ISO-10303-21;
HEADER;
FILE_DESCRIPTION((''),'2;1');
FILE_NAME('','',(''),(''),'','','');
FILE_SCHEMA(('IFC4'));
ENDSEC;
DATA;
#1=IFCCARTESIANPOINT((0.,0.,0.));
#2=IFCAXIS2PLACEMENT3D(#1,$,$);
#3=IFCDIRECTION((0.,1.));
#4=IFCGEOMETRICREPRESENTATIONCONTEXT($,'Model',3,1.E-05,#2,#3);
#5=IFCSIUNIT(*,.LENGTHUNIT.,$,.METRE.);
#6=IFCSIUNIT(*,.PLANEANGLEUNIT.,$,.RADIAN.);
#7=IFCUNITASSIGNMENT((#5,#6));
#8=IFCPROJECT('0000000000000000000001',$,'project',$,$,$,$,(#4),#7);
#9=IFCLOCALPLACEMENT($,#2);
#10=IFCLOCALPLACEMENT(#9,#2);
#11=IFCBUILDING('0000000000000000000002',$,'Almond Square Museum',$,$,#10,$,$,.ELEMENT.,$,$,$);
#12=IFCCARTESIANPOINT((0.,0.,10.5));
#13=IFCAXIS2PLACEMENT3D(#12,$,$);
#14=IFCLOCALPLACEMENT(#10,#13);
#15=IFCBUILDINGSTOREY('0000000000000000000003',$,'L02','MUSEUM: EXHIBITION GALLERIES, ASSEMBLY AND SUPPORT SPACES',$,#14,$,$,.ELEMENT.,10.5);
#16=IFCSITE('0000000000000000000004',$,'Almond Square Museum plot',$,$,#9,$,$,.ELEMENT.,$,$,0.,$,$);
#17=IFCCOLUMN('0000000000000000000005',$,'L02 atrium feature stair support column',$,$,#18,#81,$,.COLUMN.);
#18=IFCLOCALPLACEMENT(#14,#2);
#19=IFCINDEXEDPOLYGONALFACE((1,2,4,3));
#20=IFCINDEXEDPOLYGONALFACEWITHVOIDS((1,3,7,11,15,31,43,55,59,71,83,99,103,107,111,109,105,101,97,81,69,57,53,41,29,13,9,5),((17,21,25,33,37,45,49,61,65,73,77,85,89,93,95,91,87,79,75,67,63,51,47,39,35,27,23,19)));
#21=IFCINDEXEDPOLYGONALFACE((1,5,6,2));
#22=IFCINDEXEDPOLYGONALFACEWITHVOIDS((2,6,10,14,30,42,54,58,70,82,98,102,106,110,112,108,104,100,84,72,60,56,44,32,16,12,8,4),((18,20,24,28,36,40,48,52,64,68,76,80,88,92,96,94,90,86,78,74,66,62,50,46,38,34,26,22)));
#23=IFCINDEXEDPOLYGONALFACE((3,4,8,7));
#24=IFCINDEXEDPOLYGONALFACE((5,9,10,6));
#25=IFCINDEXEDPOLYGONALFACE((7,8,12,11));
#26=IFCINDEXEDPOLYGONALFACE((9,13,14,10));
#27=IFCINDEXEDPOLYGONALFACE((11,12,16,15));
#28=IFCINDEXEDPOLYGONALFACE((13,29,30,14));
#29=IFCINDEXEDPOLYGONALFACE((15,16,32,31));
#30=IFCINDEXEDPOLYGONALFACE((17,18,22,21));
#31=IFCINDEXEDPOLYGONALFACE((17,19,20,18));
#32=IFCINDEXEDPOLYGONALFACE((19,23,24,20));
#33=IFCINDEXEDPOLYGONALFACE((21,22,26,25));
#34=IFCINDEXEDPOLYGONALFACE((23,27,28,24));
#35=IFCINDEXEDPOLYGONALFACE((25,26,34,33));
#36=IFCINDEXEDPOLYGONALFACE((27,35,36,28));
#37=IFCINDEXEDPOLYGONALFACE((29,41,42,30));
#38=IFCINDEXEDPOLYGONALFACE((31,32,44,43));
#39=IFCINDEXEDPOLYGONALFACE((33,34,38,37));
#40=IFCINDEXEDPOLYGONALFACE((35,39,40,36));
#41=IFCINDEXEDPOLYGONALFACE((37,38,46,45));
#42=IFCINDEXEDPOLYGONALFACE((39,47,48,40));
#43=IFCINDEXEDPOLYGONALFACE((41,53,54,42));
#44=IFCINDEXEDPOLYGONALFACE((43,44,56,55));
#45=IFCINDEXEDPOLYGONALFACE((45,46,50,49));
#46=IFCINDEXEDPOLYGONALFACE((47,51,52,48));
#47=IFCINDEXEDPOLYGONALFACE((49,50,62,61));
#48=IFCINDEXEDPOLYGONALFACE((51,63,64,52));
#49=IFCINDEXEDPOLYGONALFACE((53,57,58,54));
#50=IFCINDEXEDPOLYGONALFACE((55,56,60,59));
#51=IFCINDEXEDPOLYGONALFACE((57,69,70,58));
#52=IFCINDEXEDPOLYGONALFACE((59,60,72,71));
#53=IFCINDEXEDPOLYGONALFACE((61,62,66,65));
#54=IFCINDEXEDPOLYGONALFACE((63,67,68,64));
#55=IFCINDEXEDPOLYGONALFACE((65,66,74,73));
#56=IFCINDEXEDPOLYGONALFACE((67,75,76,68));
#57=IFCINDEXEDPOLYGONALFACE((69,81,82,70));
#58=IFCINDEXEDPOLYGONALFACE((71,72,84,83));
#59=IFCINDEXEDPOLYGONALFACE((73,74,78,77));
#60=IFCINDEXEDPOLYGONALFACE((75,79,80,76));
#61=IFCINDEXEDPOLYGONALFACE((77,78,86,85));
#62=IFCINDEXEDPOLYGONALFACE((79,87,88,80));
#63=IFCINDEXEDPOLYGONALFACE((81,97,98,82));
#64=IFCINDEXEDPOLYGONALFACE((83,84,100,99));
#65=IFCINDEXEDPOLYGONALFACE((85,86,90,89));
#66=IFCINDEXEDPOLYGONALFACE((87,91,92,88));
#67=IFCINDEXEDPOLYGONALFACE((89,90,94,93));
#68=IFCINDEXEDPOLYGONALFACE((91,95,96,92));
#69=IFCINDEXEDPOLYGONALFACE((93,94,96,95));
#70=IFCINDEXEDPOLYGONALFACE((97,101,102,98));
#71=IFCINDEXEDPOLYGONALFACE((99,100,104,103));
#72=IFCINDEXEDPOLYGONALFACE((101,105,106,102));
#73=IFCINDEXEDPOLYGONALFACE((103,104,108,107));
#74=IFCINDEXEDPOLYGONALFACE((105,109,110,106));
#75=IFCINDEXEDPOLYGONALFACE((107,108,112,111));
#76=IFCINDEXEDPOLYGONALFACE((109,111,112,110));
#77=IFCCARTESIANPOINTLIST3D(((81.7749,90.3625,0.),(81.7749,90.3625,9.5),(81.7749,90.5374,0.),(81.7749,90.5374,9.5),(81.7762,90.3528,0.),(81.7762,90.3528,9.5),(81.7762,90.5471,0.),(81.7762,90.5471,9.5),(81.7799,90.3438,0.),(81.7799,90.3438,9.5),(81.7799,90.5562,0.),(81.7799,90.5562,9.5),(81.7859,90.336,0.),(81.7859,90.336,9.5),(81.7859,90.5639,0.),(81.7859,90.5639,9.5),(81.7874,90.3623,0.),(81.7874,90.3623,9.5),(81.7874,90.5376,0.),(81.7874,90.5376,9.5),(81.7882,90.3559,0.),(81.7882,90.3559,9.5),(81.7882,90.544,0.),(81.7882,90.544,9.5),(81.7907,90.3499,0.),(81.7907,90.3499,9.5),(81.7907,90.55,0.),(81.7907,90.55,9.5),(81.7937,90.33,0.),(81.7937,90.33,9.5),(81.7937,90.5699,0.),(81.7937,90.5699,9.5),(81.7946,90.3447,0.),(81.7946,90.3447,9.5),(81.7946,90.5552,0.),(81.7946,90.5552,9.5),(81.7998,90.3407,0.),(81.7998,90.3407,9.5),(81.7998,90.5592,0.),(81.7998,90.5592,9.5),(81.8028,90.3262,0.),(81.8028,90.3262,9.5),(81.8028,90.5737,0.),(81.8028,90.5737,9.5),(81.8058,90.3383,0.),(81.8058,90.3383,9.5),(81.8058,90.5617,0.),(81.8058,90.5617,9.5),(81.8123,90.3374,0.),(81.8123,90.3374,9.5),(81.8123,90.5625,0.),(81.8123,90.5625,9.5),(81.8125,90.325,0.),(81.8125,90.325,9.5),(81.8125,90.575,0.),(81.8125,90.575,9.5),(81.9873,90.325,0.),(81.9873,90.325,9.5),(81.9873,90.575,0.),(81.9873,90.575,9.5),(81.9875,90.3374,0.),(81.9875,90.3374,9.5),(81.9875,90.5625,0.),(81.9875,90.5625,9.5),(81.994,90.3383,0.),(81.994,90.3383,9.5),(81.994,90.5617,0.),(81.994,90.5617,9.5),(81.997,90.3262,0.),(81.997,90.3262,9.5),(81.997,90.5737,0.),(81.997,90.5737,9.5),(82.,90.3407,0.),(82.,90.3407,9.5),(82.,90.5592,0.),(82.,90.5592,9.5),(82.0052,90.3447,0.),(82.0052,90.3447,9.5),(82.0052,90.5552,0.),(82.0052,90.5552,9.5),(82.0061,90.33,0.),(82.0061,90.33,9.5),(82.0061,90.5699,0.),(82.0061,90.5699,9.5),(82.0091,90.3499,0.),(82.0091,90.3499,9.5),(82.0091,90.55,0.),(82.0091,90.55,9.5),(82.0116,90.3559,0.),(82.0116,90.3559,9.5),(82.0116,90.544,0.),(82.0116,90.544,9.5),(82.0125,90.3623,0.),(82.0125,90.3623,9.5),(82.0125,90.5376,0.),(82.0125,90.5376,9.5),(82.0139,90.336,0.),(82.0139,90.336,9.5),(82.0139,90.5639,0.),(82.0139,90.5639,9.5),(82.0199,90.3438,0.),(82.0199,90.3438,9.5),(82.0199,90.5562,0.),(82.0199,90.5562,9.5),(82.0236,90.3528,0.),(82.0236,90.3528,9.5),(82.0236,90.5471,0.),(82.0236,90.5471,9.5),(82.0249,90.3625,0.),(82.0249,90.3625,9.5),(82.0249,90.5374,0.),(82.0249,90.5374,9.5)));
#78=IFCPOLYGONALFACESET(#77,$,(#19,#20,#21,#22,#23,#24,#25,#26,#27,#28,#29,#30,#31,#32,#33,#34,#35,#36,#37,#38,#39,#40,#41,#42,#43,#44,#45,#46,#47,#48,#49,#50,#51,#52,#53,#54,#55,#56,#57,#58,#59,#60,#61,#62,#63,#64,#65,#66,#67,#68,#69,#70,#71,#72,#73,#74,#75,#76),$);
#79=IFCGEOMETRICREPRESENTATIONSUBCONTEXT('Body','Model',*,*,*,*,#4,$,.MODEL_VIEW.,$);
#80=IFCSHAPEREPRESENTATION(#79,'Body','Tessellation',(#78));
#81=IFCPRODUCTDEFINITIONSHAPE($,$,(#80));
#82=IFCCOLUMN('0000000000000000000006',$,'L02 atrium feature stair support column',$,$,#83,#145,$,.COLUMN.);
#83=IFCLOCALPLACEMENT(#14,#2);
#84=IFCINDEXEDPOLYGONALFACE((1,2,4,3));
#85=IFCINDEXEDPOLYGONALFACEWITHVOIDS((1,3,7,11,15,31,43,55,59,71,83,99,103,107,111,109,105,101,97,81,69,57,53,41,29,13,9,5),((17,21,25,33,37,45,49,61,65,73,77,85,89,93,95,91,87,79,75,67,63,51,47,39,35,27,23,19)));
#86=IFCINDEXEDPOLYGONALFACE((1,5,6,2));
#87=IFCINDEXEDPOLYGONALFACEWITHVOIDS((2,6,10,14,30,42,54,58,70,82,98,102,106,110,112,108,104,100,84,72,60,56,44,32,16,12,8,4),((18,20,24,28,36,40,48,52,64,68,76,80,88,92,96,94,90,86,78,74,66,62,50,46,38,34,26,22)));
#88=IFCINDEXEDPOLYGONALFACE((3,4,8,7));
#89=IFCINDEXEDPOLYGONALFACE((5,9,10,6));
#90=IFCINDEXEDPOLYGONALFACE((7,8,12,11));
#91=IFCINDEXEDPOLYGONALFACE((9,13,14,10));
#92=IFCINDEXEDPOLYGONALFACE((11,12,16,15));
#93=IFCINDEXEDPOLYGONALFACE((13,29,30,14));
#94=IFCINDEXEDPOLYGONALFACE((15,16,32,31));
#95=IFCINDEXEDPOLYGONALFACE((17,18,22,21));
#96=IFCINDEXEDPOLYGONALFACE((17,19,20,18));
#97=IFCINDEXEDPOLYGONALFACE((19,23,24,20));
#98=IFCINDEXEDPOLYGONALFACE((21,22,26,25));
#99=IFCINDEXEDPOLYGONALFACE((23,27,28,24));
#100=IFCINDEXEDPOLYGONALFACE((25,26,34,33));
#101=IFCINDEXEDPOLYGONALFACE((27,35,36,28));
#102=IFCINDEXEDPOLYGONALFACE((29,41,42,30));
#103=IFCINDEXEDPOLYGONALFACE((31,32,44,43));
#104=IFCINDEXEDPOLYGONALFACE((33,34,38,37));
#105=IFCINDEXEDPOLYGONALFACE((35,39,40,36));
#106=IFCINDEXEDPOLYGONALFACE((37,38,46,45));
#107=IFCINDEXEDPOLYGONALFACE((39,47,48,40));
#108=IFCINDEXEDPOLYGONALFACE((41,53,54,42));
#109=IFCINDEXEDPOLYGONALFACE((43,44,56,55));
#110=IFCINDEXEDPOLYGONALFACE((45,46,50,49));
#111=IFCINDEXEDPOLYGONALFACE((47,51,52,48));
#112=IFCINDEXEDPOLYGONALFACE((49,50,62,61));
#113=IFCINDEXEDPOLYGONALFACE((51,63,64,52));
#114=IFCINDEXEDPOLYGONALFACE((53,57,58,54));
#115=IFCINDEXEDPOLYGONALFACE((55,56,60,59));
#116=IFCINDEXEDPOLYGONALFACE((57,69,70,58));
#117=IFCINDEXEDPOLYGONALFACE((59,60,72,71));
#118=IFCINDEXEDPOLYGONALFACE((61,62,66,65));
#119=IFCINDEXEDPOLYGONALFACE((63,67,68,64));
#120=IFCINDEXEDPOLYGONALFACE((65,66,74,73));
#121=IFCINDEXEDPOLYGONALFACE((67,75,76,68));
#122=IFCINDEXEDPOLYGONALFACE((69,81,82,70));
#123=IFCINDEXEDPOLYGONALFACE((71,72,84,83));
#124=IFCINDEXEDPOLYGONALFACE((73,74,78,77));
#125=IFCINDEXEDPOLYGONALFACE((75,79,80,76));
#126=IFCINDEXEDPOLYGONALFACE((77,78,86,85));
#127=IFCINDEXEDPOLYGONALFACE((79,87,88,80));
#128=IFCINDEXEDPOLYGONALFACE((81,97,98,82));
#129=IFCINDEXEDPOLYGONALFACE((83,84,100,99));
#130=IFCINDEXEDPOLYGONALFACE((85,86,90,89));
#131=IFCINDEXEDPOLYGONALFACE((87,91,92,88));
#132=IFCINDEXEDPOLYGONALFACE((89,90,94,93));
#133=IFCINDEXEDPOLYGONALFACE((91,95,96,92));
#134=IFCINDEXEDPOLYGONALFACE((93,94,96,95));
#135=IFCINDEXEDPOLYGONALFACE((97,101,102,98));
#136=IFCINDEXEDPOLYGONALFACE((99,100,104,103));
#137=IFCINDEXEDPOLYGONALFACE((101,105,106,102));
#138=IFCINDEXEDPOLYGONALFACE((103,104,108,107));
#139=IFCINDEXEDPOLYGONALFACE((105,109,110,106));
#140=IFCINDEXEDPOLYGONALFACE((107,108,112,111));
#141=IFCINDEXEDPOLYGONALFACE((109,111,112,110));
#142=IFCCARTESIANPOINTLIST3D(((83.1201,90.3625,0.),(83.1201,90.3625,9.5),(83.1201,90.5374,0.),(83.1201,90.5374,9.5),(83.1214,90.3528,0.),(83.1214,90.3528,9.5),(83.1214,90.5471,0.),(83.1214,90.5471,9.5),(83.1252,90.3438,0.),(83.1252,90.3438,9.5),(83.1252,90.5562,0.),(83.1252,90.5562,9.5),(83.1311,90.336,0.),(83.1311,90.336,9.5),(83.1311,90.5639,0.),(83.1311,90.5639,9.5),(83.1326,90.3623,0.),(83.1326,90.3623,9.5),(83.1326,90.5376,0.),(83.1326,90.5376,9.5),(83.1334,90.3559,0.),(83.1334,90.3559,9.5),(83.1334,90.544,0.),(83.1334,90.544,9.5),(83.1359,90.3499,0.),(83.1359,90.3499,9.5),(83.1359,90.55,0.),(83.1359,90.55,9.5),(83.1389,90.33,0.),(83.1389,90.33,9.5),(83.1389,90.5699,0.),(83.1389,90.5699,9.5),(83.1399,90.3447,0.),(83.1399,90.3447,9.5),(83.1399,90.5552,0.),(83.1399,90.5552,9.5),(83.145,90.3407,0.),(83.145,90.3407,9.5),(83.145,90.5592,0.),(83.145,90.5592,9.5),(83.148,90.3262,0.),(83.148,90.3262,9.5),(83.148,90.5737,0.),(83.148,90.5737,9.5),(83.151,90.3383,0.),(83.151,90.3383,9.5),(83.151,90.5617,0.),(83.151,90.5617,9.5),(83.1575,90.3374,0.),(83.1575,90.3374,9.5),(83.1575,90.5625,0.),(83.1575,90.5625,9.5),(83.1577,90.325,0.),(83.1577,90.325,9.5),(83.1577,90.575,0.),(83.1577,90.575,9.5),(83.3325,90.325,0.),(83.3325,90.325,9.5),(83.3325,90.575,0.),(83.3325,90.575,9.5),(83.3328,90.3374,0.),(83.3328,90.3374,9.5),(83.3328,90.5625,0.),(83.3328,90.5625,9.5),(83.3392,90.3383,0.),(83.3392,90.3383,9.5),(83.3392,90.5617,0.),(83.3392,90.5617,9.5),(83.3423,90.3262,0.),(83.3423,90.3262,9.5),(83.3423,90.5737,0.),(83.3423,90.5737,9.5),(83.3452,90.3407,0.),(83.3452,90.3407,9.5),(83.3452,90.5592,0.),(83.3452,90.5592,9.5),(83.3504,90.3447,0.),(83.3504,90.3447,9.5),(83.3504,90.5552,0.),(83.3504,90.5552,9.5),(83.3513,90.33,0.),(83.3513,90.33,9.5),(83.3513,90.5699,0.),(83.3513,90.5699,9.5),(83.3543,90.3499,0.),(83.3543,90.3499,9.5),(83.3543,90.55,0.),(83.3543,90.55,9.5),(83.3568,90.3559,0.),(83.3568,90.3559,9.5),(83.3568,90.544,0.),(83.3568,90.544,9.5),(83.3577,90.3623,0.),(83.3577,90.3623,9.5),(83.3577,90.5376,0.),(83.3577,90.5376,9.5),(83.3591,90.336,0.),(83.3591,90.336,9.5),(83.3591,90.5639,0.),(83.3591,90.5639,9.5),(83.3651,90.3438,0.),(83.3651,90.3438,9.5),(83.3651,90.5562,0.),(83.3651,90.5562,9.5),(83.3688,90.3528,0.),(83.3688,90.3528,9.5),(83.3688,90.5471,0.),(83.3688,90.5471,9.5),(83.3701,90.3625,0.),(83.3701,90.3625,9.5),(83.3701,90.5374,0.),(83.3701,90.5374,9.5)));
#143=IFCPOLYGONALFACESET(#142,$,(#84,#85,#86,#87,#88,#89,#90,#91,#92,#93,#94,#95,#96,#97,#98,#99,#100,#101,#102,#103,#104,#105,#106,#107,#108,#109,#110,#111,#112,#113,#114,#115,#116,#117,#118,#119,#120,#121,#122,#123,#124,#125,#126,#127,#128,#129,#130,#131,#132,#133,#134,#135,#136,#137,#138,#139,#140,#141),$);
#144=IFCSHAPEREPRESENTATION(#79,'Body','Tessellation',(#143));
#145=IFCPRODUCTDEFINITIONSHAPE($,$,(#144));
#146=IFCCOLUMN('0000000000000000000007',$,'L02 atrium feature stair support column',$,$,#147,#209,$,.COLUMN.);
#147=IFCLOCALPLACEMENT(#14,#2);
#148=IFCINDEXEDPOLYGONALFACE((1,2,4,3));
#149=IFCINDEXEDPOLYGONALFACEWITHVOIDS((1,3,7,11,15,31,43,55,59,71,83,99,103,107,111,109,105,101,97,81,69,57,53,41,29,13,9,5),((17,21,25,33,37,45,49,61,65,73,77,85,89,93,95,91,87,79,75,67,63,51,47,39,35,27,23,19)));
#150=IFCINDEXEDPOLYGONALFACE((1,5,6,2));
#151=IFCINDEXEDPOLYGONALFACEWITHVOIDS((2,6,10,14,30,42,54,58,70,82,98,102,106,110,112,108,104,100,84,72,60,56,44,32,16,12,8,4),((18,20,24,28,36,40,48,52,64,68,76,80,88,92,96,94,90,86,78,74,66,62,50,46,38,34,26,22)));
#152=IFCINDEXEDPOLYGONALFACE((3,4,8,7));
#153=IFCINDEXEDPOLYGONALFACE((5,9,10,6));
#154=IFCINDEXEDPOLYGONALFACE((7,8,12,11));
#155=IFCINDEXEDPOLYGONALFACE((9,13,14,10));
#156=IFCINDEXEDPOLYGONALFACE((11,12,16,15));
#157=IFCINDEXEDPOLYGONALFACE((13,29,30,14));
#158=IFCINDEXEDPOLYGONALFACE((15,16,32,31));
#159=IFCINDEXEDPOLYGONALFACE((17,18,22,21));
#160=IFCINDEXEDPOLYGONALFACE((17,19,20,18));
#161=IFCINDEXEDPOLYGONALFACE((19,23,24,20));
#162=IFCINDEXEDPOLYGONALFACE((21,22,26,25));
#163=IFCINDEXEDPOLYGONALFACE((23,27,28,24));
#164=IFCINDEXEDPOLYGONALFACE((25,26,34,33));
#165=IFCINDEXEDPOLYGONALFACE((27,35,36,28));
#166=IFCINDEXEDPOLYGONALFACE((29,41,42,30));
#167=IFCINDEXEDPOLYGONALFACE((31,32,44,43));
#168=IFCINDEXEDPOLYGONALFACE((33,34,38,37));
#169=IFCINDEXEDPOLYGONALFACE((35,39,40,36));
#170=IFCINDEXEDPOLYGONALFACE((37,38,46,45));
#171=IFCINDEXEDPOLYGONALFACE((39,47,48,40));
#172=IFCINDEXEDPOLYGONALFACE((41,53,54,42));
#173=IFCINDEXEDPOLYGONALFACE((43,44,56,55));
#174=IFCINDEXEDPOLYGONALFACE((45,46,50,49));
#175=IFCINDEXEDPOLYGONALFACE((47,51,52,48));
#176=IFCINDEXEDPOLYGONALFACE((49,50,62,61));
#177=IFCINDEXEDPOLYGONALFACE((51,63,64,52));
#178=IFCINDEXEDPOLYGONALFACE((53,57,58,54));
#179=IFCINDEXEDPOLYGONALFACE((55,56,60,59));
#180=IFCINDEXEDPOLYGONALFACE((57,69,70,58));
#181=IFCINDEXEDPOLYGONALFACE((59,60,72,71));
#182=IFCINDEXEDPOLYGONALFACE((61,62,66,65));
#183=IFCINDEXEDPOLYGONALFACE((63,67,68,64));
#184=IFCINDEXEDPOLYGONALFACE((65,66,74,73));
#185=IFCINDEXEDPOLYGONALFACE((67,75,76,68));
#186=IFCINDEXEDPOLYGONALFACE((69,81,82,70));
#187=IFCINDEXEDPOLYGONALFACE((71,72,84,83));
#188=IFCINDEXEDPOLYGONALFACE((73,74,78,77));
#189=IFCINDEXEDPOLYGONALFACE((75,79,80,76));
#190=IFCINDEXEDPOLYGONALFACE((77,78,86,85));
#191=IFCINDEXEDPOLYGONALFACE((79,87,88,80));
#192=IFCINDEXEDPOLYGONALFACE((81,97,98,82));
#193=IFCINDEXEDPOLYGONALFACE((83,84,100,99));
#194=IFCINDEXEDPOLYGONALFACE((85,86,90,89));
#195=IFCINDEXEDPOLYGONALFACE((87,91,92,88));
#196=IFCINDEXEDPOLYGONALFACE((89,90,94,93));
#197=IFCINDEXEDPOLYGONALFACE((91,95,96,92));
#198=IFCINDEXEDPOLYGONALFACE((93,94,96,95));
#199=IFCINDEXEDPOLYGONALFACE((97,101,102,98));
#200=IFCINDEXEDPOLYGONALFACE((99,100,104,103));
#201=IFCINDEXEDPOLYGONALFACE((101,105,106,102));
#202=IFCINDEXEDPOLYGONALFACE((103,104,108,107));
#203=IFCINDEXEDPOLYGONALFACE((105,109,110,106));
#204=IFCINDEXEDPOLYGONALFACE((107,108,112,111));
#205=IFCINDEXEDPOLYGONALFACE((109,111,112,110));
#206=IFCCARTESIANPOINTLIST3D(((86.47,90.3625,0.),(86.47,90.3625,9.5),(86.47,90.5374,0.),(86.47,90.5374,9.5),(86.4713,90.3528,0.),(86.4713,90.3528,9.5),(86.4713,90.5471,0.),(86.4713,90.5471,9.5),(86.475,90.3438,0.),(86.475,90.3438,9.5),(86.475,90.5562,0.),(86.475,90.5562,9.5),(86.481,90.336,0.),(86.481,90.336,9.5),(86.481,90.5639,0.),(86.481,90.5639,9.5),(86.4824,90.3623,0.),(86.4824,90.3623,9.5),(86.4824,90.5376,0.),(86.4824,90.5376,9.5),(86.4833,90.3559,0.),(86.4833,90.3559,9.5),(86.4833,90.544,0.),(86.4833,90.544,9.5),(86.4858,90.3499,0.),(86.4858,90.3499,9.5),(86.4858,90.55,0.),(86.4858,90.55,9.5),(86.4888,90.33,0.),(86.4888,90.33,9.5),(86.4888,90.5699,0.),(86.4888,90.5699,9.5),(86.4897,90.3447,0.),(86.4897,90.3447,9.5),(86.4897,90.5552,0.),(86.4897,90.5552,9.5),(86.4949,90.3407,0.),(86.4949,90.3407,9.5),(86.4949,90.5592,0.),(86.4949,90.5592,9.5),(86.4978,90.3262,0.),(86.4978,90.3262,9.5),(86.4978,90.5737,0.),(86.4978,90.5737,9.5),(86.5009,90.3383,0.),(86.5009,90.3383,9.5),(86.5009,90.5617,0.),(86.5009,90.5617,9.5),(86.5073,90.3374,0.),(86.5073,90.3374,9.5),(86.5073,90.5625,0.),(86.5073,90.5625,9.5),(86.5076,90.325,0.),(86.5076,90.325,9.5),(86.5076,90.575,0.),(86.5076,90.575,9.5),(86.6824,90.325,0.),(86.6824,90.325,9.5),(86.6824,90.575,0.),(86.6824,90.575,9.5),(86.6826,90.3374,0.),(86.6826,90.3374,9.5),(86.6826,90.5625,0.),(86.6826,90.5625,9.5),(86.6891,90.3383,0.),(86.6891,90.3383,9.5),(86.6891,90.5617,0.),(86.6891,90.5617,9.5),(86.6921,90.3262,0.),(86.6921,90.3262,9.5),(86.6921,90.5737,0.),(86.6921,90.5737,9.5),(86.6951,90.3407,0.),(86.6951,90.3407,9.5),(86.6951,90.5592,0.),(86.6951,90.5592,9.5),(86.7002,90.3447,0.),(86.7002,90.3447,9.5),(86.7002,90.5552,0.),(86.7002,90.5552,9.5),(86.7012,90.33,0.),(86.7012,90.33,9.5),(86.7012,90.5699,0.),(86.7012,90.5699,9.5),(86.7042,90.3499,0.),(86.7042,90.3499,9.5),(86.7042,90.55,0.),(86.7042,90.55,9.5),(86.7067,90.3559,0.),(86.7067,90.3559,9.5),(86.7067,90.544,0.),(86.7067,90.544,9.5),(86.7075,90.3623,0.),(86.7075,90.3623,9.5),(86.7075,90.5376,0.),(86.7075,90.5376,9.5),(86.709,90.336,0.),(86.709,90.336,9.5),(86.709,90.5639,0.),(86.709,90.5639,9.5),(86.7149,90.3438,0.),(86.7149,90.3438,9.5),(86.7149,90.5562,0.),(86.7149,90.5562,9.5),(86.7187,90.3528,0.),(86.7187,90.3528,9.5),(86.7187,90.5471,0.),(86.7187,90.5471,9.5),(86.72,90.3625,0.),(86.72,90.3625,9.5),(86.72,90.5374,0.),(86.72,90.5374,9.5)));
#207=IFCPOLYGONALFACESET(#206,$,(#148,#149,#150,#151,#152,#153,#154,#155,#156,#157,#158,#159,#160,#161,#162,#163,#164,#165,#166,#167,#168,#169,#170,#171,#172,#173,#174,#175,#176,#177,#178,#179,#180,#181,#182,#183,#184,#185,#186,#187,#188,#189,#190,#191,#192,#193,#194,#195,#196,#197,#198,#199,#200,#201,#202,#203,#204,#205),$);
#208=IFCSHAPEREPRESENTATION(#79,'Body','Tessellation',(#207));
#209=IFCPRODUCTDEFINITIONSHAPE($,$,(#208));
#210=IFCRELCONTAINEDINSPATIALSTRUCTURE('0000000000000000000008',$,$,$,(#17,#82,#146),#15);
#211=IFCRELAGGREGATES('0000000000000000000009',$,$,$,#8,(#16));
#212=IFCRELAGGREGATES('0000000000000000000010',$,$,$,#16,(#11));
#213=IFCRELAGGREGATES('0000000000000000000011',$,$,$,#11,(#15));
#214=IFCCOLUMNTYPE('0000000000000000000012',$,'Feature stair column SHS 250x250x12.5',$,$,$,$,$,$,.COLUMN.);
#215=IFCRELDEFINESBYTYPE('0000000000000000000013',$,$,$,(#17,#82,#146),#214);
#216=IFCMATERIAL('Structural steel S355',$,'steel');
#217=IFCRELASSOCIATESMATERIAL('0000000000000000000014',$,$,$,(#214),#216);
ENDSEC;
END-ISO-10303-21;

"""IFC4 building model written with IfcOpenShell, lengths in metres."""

from ifc_helpers import new_model, si_unit, direction, frame, origin, origin_2d, place, context, subcontext, project, spatial, hollow_rectangle, extrude, material, material_profile, profile_set, type_object, element, save


model = new_model("IFC4")

# Units and contexts
model_context = context("Model", 3, precision=1e-05, world=origin(), true_north=direction((0.0, 1.0)))
body_context = subcontext(model_context, "Body", "Model", "MODEL_VIEW")
ifc_project = project(units=[si_unit("LENGTHUNIT", "METRE"), si_unit("PLANEANGLEUNIT", "RADIAN")], contexts=[model_context])

# Site, building, storey
site_placement = place(None, origin())
site = spatial("IfcSite", under=ifc_project, at=site_placement, Name="Almond Square Museum plot", CompositionType="ELEMENT", RefElevation=0.0)
building_placement = place(site_placement, origin())
building = spatial("IfcBuilding", under=site, at=building_placement, Name="Almond Square Museum", CompositionType="ELEMENT")
storey_placement = place(building_placement, frame((0.0, 0.0, 10.5)))
storey = spatial("IfcBuildingStorey", under=building, at=storey_placement, Name="L02", Description="MUSEUM: EXHIBITION GALLERIES, ASSEMBLY AND SUPPORT SPACES", CompositionType="ELEMENT", Elevation=10.5)

# Columns
ifc_material_1 = material(Name="Structural steel S355", Category="steel")
ifc_material_profile_1 = material_profile(ifc_material_1, hollow_rectangle(XDim=0.25, YDim=0.25, WallThickness=0.0125, InnerFilletRadius=0.0249, OuterFilletRadius=0.0376, at=origin_2d()))
ifc_profile_set_1 = profile_set([ifc_material_profile_1], Name="Structural steel S355")
column_type_1 = type_object("IfcColumnType", Name="Feature stair column SHS 250x250x12.5", PredefinedType="COLUMN", material=ifc_profile_set_1)
for number, where, z_axis, x_axis, name in (
    (1, (81.8999, 90.45, 0.0), (0.0, 0.0, 1.0), (1.0, 0.0, 0.0), "L02 atrium feature stair support column"),
    (2, (83.2451, 90.45, 0.0), (0.0, 0.0, 1.0), (1.0, 0.0, 0.0), "L02 atrium feature stair support column"),
    (3, (86.595, 90.45, 0.0), (0.0, 0.0, 1.0), (1.0, 0.0, 0.0), "L02 atrium feature stair support column"),
):
    element("IfcColumn", number, at=place(storey_placement, frame(where, z_axis=z_axis, x_axis=x_axis)), inside=storey, type_object=column_type_1, Name=name, PredefinedType="COLUMN", context=body_context, shape_type="SweptSolid", body=[
        extrude(hollow_rectangle(XDim=0.25, YDim=0.25, WallThickness=0.0125, InnerFilletRadius=0.0249, OuterFilletRadius=0.0376, at=origin_2d()), origin(), (0.0, 0.0, 1.0), 9.5),
    ])

save(model, "model.ifc")
